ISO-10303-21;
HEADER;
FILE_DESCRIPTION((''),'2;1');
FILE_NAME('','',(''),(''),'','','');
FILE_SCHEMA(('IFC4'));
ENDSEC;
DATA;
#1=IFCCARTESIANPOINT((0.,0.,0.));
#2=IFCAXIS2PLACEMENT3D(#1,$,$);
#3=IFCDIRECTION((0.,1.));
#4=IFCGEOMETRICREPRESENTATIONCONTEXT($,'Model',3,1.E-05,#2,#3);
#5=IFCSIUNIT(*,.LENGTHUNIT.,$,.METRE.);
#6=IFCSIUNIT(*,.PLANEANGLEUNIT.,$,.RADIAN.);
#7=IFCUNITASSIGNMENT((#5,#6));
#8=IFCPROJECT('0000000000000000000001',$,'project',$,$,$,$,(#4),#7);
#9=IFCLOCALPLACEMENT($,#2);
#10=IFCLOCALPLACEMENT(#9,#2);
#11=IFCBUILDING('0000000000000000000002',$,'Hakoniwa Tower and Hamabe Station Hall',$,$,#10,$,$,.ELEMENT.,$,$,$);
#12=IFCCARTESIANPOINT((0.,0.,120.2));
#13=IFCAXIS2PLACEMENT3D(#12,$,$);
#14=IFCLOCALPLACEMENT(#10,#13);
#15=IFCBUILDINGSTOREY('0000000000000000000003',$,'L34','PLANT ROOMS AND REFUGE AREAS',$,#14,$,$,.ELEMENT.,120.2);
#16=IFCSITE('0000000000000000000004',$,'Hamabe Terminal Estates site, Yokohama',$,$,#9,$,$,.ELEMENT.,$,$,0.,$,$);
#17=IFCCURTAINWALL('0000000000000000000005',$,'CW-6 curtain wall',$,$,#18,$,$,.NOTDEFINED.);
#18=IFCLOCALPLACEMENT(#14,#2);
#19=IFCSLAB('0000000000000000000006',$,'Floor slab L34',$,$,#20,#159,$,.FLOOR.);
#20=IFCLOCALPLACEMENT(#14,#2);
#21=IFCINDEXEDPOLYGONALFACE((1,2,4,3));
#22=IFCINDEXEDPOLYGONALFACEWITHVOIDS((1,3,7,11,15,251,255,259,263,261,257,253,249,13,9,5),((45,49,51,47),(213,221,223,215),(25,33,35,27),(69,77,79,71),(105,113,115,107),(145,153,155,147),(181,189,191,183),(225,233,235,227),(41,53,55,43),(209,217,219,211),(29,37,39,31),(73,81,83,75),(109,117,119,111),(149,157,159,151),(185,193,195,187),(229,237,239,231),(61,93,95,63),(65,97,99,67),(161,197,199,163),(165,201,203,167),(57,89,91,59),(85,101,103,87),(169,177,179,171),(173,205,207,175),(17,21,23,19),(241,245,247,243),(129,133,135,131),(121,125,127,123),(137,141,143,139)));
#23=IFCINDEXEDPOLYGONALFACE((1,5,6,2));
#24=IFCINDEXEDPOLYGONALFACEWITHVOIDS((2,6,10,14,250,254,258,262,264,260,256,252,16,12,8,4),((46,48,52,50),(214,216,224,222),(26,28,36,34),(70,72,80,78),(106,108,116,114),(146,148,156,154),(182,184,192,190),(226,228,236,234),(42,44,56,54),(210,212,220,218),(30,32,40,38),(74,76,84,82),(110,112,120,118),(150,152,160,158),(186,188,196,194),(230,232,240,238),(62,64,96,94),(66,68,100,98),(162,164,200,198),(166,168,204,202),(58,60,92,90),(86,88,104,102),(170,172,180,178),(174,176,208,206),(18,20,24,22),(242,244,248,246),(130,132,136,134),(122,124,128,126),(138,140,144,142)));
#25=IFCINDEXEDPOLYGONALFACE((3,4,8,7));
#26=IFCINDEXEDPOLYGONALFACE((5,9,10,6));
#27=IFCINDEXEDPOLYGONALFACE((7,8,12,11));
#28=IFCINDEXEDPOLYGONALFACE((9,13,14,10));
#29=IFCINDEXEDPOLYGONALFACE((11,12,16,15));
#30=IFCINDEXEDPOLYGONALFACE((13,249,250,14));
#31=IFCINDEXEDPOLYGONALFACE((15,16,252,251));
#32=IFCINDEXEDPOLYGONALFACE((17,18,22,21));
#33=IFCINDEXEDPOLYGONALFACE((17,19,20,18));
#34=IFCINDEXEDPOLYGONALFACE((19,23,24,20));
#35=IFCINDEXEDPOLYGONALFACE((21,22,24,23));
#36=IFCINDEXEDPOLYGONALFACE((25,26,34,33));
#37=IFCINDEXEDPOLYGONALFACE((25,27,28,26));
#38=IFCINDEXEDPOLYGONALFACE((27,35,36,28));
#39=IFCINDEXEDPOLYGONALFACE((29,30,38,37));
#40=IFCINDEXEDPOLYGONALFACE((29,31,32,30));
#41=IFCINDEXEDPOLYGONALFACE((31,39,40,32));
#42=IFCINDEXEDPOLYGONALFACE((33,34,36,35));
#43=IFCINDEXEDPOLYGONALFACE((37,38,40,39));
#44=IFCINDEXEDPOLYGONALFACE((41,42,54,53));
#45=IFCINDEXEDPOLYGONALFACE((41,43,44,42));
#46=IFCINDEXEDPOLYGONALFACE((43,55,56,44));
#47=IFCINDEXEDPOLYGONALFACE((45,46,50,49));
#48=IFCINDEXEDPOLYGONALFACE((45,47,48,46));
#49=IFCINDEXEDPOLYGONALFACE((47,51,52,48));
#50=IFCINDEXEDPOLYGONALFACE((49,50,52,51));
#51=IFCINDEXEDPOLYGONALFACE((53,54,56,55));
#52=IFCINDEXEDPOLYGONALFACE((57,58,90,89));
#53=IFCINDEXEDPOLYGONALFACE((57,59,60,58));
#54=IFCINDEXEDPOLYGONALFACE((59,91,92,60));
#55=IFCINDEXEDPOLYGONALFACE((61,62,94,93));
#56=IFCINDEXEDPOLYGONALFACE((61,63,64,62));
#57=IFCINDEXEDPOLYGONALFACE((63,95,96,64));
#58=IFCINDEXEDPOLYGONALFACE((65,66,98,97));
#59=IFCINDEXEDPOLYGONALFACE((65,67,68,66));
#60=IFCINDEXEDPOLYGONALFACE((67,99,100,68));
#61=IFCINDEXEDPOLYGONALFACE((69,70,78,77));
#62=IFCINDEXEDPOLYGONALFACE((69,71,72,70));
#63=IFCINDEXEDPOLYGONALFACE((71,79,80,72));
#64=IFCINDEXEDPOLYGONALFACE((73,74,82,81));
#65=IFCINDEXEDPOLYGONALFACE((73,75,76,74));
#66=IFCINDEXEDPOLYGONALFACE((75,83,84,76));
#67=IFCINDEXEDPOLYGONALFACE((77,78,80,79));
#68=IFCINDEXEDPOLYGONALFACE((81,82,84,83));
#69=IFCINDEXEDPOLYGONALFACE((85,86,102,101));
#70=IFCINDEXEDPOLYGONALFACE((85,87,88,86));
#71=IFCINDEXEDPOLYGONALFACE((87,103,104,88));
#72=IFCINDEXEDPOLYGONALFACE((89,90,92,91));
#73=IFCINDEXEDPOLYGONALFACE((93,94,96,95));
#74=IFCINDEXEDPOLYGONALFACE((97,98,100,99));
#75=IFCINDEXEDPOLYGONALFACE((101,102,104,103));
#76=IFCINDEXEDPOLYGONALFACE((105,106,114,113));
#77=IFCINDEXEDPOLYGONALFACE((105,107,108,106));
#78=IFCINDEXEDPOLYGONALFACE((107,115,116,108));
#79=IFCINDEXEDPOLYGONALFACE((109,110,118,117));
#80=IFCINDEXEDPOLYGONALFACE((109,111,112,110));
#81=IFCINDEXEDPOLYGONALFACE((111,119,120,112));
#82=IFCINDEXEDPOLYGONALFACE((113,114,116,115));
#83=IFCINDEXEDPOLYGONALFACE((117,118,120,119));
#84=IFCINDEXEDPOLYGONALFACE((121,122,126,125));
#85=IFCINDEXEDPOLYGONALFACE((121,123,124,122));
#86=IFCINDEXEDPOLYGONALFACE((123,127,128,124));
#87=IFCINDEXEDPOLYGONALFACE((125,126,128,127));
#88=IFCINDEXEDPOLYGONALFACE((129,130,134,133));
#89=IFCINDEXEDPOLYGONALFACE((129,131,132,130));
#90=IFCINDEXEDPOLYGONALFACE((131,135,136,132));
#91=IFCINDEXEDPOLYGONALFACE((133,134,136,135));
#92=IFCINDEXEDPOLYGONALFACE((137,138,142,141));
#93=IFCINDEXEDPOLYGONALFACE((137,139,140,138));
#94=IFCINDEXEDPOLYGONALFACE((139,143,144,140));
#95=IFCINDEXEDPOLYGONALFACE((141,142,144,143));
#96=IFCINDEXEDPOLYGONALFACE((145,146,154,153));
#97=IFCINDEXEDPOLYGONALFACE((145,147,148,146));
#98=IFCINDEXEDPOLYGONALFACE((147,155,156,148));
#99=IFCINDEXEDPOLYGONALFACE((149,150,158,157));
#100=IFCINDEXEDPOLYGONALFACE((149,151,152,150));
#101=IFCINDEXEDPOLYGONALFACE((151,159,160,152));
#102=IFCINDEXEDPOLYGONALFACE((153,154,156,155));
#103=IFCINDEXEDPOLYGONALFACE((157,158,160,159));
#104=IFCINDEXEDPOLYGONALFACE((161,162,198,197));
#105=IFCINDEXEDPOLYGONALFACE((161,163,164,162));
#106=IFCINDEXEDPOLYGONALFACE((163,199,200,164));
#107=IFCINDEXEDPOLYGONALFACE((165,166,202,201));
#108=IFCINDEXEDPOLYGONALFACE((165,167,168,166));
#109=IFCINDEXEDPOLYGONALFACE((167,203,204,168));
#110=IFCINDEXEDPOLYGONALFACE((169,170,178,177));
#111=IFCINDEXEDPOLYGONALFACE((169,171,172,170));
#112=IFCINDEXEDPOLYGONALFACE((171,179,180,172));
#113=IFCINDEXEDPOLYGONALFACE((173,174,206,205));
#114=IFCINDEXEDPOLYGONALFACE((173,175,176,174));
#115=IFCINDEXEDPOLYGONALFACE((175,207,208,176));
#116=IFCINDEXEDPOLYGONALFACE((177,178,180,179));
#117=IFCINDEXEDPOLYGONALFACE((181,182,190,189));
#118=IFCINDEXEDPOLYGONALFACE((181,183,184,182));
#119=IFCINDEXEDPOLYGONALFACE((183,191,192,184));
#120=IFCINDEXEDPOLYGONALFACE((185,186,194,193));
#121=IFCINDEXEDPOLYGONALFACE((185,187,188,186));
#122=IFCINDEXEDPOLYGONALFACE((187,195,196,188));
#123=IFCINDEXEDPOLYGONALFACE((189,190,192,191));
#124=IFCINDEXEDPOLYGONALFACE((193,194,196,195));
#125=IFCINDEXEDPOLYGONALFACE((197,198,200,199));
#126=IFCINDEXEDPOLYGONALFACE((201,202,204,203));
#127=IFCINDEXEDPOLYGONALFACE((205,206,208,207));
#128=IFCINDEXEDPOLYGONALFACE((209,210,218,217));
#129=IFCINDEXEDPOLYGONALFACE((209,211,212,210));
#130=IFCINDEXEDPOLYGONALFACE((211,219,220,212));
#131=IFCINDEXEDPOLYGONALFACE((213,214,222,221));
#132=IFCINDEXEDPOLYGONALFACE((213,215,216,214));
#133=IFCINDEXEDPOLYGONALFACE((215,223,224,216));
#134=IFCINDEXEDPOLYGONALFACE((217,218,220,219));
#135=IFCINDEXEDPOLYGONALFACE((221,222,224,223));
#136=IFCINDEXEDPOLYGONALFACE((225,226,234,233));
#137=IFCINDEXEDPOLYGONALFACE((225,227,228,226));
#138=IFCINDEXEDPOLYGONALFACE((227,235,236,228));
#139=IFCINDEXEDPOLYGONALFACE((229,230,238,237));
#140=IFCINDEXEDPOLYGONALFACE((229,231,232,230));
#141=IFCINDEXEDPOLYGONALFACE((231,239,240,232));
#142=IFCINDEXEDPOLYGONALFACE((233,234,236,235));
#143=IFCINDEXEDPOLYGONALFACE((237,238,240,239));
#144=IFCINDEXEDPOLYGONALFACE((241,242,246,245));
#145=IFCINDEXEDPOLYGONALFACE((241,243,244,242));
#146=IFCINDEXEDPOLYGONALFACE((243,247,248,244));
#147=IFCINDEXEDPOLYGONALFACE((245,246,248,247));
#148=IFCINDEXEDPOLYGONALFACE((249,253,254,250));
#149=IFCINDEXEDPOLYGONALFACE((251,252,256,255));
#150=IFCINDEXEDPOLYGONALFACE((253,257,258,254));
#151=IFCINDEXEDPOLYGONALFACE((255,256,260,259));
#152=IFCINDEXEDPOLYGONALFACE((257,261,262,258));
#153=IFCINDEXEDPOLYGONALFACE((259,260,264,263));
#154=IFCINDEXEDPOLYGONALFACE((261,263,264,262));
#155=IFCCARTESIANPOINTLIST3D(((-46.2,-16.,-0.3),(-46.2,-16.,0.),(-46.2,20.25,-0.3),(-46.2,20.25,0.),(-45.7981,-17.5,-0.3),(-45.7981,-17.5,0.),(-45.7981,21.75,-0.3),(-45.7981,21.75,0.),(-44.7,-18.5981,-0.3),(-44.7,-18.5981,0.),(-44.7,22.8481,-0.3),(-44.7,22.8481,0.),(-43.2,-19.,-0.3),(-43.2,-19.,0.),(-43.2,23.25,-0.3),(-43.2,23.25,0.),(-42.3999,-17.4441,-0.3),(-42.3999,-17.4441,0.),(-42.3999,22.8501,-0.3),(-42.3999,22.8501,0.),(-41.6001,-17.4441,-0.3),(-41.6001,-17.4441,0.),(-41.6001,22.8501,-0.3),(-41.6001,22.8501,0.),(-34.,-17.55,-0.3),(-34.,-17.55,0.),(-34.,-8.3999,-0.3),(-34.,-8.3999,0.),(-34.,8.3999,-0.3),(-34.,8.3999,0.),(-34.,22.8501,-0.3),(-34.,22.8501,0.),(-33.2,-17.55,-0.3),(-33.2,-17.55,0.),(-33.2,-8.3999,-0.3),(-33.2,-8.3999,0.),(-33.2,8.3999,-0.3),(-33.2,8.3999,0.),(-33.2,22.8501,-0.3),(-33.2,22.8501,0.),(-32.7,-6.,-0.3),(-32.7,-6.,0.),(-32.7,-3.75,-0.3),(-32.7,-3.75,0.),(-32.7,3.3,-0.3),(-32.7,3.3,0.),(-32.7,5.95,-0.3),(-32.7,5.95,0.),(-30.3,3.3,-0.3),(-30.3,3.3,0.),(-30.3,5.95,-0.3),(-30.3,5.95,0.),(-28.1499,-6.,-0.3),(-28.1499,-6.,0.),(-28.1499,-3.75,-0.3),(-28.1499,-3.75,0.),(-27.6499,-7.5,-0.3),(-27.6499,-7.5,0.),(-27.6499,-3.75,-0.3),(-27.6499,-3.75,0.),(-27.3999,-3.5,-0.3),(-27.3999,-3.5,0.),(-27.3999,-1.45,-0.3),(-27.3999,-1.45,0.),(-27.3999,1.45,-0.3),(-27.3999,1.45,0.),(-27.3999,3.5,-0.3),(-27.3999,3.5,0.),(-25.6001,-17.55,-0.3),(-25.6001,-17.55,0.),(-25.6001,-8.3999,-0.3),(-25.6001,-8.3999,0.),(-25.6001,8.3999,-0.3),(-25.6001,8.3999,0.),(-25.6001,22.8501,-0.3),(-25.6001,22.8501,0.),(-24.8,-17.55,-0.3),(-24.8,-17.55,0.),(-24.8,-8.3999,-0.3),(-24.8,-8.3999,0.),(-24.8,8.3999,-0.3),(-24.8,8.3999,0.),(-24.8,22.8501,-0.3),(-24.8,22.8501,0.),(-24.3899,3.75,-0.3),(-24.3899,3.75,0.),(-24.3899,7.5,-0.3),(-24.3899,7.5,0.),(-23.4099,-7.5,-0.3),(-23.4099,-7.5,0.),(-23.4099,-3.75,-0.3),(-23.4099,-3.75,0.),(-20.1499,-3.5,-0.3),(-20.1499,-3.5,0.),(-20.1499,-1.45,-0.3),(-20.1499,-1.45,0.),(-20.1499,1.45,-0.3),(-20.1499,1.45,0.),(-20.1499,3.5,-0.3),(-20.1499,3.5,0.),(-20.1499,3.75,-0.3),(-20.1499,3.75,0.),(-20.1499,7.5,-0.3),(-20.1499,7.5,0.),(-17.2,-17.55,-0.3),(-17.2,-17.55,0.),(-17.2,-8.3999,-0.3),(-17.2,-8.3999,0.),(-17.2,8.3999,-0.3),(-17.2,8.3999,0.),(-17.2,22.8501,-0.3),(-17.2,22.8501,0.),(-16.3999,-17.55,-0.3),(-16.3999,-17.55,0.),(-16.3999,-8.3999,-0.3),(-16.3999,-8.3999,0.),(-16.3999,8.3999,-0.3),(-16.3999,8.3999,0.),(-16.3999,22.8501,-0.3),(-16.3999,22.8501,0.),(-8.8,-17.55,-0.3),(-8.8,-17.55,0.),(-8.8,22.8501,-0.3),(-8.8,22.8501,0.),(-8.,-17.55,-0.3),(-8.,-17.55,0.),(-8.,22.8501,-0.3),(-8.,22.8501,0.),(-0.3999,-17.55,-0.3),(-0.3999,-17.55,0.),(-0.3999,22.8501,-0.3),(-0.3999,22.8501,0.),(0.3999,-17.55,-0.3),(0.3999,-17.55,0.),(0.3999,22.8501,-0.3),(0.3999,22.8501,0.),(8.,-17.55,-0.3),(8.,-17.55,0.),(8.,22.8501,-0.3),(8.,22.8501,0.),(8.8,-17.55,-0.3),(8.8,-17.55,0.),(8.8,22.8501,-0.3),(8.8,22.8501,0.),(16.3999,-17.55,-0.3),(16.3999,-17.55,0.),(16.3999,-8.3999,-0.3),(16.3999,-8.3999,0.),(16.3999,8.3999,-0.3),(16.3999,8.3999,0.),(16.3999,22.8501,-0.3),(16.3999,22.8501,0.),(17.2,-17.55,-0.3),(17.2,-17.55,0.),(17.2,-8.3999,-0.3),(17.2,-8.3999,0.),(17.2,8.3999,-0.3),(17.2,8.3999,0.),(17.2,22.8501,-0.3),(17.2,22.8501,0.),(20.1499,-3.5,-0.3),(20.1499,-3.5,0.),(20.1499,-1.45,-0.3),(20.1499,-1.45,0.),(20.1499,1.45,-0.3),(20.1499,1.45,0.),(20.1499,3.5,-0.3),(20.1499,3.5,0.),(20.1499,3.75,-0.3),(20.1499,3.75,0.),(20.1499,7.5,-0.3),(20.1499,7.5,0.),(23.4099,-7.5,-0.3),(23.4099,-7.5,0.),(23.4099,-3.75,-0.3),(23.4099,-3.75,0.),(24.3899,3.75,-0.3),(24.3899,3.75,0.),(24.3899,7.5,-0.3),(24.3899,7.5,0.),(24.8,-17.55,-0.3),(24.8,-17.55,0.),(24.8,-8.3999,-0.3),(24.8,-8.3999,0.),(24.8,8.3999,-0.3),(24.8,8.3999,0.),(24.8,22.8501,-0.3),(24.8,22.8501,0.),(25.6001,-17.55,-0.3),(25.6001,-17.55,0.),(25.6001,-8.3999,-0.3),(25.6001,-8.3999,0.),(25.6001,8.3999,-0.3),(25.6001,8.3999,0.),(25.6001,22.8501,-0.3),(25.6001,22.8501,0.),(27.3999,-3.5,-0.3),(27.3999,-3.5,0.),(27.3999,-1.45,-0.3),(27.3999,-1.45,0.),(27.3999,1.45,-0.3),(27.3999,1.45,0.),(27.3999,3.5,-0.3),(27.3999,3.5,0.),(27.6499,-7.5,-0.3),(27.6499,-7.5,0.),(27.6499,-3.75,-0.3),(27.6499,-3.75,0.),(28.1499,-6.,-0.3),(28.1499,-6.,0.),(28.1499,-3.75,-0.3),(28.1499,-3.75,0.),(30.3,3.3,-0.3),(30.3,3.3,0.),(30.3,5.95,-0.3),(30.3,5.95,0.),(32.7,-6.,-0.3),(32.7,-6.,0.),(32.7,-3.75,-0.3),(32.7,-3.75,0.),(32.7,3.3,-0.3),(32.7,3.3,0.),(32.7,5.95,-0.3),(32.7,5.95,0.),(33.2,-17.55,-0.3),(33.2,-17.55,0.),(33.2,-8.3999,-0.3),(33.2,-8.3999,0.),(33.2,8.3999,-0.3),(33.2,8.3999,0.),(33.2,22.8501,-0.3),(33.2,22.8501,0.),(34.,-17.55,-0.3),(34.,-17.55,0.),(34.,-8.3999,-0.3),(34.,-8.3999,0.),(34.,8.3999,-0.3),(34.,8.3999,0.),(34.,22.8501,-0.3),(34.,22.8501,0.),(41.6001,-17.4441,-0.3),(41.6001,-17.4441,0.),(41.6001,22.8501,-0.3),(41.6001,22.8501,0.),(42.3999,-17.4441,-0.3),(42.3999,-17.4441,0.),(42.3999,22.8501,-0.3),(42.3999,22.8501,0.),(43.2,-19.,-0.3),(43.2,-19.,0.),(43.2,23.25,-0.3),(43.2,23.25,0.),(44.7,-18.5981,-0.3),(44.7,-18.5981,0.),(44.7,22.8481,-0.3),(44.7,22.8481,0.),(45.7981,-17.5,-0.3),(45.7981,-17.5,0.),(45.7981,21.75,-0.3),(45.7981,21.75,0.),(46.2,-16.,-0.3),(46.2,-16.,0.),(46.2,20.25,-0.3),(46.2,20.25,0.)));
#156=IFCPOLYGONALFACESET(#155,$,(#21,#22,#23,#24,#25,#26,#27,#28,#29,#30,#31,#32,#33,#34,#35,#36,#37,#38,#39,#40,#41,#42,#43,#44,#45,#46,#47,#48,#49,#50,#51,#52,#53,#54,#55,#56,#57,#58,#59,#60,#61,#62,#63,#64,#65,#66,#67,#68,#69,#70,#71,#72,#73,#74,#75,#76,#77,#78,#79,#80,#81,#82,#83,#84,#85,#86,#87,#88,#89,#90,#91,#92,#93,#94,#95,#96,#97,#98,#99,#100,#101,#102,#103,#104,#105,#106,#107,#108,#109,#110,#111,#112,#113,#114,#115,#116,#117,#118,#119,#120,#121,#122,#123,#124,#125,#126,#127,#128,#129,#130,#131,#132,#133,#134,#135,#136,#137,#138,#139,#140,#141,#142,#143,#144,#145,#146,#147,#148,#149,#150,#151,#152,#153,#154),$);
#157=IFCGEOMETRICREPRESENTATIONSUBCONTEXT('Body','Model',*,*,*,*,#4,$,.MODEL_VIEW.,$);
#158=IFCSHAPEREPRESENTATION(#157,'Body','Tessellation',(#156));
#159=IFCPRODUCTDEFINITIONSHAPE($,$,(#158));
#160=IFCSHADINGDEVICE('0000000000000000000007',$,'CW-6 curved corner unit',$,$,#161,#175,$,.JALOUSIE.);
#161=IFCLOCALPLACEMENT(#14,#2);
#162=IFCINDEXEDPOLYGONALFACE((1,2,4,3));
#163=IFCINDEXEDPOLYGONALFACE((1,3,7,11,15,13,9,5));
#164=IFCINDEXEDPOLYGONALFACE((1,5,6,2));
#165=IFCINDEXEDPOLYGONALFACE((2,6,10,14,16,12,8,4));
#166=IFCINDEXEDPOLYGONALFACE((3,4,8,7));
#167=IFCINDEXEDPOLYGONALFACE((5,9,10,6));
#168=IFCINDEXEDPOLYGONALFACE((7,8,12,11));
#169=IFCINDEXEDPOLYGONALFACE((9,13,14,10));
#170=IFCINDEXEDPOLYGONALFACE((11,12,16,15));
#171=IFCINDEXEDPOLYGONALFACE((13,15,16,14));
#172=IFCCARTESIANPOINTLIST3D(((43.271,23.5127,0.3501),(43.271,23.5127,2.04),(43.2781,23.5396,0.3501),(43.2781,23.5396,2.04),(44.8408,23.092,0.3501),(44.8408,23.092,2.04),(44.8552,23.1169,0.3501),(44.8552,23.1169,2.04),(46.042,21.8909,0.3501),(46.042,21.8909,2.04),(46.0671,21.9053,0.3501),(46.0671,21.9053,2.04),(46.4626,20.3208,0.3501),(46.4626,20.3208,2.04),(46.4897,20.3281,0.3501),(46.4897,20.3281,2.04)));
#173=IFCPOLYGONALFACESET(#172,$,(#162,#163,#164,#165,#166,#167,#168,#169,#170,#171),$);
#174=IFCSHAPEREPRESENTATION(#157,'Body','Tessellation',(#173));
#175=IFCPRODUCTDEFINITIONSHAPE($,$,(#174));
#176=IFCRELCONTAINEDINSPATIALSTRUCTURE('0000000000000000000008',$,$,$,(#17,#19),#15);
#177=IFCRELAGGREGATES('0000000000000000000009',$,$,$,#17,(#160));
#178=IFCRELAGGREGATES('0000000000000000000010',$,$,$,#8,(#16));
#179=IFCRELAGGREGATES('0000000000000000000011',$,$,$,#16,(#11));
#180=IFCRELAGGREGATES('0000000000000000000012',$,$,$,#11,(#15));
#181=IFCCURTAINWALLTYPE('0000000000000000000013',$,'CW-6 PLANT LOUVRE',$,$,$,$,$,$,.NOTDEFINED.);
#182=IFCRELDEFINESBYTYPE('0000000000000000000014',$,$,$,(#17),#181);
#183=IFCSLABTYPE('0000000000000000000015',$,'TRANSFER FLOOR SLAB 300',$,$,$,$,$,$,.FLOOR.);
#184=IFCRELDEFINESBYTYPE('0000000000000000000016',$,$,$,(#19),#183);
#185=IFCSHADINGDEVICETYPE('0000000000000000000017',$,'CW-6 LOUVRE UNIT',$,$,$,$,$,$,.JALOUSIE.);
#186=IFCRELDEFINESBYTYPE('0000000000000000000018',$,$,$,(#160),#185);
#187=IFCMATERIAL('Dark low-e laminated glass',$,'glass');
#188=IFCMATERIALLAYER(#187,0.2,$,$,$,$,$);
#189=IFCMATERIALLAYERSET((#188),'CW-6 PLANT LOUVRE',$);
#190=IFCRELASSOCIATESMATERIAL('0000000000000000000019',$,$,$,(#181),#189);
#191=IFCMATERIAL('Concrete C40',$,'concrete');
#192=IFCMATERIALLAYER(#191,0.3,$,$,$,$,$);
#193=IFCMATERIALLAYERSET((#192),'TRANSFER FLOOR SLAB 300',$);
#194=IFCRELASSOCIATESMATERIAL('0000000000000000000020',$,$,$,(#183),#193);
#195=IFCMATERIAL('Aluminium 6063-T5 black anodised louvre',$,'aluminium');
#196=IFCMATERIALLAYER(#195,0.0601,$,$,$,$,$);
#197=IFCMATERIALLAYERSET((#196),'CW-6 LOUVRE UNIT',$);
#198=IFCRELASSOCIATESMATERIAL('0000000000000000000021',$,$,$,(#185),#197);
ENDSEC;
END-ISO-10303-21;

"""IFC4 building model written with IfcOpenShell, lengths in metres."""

from ifc_helpers import new_model, si_unit, direction, frame, origin, place, context, subcontext, project, spatial, polyline, outline, extrude, material, layer, layer_set, type_object, element, aggregate, save


model = new_model("IFC4")

# Units and contexts
model_context = context("Model", 3, precision=1e-05, world=origin(), true_north=direction((0.0, 1.0)))
body_context = subcontext(model_context, "Body", "Model", "MODEL_VIEW")
ifc_project = project(units=[si_unit("LENGTHUNIT", "METRE"), si_unit("PLANEANGLEUNIT", "RADIAN")], contexts=[model_context])

# Site, building, storey
site_placement = place(None, origin())
site = spatial("IfcSite", under=ifc_project, at=site_placement, Name="Hamabe Terminal Estates site, Yokohama", CompositionType="ELEMENT", RefElevation=0.0)
building_placement = place(site_placement, origin())
building = spatial("IfcBuilding", under=site, at=building_placement, Name="Hakoniwa Tower and Hamabe Station Hall", CompositionType="ELEMENT")
storey_placement = place(building_placement, frame((0.0, 0.0, 120.2)))
storey = spatial("IfcBuildingStorey", under=building, at=storey_placement, Name="L34", Description="PLANT ROOMS AND REFUGE AREAS", CompositionType="ELEMENT", Elevation=120.2)

# Curtain wall
ifc_material_1 = material(Name="Dark low-e laminated glass", Category="glass")
ifc_layer_1 = layer(ifc_material_1, 0.2)
ifc_layer_set_1 = layer_set([ifc_layer_1], Name="CW-6 PLANT LOUVRE")
curtain_wall_type = type_object("IfcCurtainWallType", Name="CW-6 PLANT LOUVRE", PredefinedType="NOTDEFINED", material=ifc_layer_set_1)
curtain_wall_1_placement = place(storey_placement, origin())
curtain_wall_1 = element("IfcCurtainWall", 1, at=curtain_wall_1_placement, inside=storey, type_object=curtain_wall_type, Name="CW-6 curtain wall", PredefinedType="NOTDEFINED")

# Slab
ifc_material_2 = material(Name="Concrete C40", Category="concrete")
ifc_layer_2 = layer(ifc_material_2, 0.3)
ifc_layer_set_2 = layer_set([ifc_layer_2], Name="TRANSFER FLOOR SLAB 300")
slab_type = type_object("IfcSlabType", Name="TRANSFER FLOOR SLAB 300", PredefinedType="FLOOR", material=ifc_layer_set_2)
slab_placement = place(storey_placement, frame((0.0, 0.0, -0.3)))
element("IfcSlab", 2, at=slab_placement, inside=storey, type_object=slab_type, Name="Floor slab L34", PredefinedType="FLOOR", context=body_context, shape_type="SweptSolid", body=[
    extrude(outline(polyline([(46.2, -16.0), (46.2, 20.25), (45.7981, 21.75), (44.7, 22.8481), (43.2, 23.25), (-43.2, 23.25), (-44.7, 22.8481), (-45.7981, 21.75), (-46.2, 20.25), (-46.2, -16.0), (-45.7981, -17.5), (-44.7, -18.5981), (-43.2, -19.0), (43.2, -19.0), (44.7, -18.5981), (45.7981, -17.5), (46.2, -16.0)]), holes=[polyline([(-27.3999, 1.45), (-27.3999, 3.5), (-20.1499, 3.5), (-20.1499, 1.45), (-27.3999, 1.45)]), polyline([(-27.3999, -3.5), (-27.3999, -1.45), (-20.1499, -1.45), (-20.1499, -3.5), (-27.3999, -3.5)]), polyline([(-32.7, 3.3), (-32.7, 5.95), (-30.3, 5.95), (-30.3, 3.3), (-32.7, 3.3)]), polyline([(-32.7, -6.0), (-32.7, -3.75), (-28.1499, -3.75), (-28.1499, -6.0), (-32.7, -6.0)]), polyline([(-24.3899, 3.75), (-24.3899, 7.5), (-20.1499, 7.5), (-20.1499, 3.75), (-24.3899, 3.75)]), polyline([(-27.6499, -7.5), (-27.6499, -3.75), (-23.4099, -3.75), (-23.4099, -7.5), (-27.6499, -7.5)]), polyline([(20.1499, 1.45), (20.1499, 3.5), (27.3999, 3.5), (27.3999, 1.45), (20.1499, 1.45)]), polyline([(20.1499, -3.5), (20.1499, -1.45), (27.3999, -1.45), (27.3999, -3.5), (20.1499, -3.5)]), polyline([(30.3, 3.3), (30.3, 5.95), (32.7, 5.95), (32.7, 3.3), (30.3, 3.3)]), polyline([(28.1499, -6.0), (28.1499, -3.75), (32.7, -3.75), (32.7, -6.0), (28.1499, -6.0)]), polyline([(20.1499, 3.75), (20.1499, 7.5), (24.3899, 7.5), (24.3899, 3.75), (20.1499, 3.75)]), polyline([(23.4099, -7.5), (23.4099, -3.75), (27.6499, -3.75), (27.6499, -7.5), (23.4099, -7.5)]), polyline([(-34.0, -17.55), (-34.0, -8.3999), (-33.2, -8.3999), (-33.2, -17.55), (-34.0, -17.55)]), polyline([(-25.6001, -17.55), (-25.6001, -8.3999), (-24.8, -8.3999), (-24.8, -17.55), (-25.6001, -17.55)]), polyline([(-17.2, -17.55), (-17.2, -8.3999), (-16.3999, -8.3999), (-16.3999, -17.55), (-17.2, -17.55)]), polyline([(-8.8, -17.55), (-8.8, 22.8501), (-8.0, 22.8501), (-8.0, -17.55), (-8.8, -17.55)]), polyline([(-0.3999, -17.55), (-0.3999, 22.8501), (0.3999, 22.8501), (0.3999, -17.55), (-0.3999, -17.55)]), polyline([(-42.3999, -17.4441), (-42.3999, 22.8501), (-41.6001, 22.8501), (-41.6001, -17.4441), (-42.3999, -17.4441)]), polyline([(-34.0, 8.3999), (-34.0, 22.8501), (-33.2, 22.8501), (-33.2, 8.3999), (-34.0, 8.3999)]), polyline([(-25.6001, 8.3999), (-25.6001, 22.8501), (-24.8, 22.8501), (-24.8, 8.3999), (-25.6001, 8.3999)]), polyline([(-17.2, 8.3999), (-17.2, 22.8501), (-16.3999, 22.8501), (-16.3999, 8.3999), (-17.2, 8.3999)]), polyline([(16.3999, -17.55), (16.3999, -8.3999), (17.2, -8.3999), (17.2, -17.55), (16.3999, -17.55)]), polyline([(24.8, -17.55), (24.8, -8.3999), (25.6001, -8.3999), (25.6001, -17.55), (24.8, -17.55)]), polyline([(33.2, -17.55), (33.2, -8.3999), (34.0, -8.3999), (34.0, -17.55), (33.2, -17.55)]), polyline([(8.0, -17.55), (8.0, 22.8501), (8.8, 22.8501), (8.8, -17.55), (8.0, -17.55)]), polyline([(41.6001, -17.4441), (41.6001, 22.8501), (42.3999, 22.8501), (42.3999, -17.4441), (41.6001, -17.4441)]), polyline([(16.3999, 8.3999), (16.3999, 22.8501), (17.2, 22.8501), (17.2, 8.3999), (16.3999, 8.3999)]), polyline([(24.8, 22.8501), (25.6001, 22.8501), (25.6001, 8.3999), (24.8, 8.3999), (24.8, 22.8501)]), polyline([(33.2, 22.8501), (34.0, 22.8501), (34.0, 8.3999), (33.2, 8.3999), (33.2, 22.8501)])]), origin(), (0.0, 0.0, 1.0), 0.3),
])

# Shading device
ifc_material_3 = material(Name="Aluminium 6063-T5 black anodised louvre", Category="aluminium")
ifc_layer_3 = layer(ifc_material_3, 0.0601)
ifc_layer_set_3 = layer_set([ifc_layer_3], Name="CW-6 LOUVRE UNIT")
shading_device_type = type_object("IfcShadingDeviceType", Name="CW-6 LOUVRE UNIT", PredefinedType="JALOUSIE", material=ifc_layer_set_3)
shading_device_1_placement = place(storey_placement, frame((0.0, 0.0, 0.3501)))
shading_device_1 = element("IfcShadingDevice", 3, at=shading_device_1_placement, type_object=shading_device_type, Name="CW-6 curved corner unit", PredefinedType="JALOUSIE", context=body_context, shape_type="SweptSolid", body=[
    extrude(outline(polyline([(46.4897, 20.3281), (46.0671, 21.9053), (44.8552, 23.1169), (43.2781, 23.5396), (43.271, 23.5127), (44.8408, 23.092), (46.042, 21.8909), (46.4626, 20.3208), (46.4897, 20.3281)])), origin(), (0.0, 0.0, 1.0), 1.6899),
])
aggregate(curtain_wall_1, [shading_device_1])

save(model, "model.ifc")
